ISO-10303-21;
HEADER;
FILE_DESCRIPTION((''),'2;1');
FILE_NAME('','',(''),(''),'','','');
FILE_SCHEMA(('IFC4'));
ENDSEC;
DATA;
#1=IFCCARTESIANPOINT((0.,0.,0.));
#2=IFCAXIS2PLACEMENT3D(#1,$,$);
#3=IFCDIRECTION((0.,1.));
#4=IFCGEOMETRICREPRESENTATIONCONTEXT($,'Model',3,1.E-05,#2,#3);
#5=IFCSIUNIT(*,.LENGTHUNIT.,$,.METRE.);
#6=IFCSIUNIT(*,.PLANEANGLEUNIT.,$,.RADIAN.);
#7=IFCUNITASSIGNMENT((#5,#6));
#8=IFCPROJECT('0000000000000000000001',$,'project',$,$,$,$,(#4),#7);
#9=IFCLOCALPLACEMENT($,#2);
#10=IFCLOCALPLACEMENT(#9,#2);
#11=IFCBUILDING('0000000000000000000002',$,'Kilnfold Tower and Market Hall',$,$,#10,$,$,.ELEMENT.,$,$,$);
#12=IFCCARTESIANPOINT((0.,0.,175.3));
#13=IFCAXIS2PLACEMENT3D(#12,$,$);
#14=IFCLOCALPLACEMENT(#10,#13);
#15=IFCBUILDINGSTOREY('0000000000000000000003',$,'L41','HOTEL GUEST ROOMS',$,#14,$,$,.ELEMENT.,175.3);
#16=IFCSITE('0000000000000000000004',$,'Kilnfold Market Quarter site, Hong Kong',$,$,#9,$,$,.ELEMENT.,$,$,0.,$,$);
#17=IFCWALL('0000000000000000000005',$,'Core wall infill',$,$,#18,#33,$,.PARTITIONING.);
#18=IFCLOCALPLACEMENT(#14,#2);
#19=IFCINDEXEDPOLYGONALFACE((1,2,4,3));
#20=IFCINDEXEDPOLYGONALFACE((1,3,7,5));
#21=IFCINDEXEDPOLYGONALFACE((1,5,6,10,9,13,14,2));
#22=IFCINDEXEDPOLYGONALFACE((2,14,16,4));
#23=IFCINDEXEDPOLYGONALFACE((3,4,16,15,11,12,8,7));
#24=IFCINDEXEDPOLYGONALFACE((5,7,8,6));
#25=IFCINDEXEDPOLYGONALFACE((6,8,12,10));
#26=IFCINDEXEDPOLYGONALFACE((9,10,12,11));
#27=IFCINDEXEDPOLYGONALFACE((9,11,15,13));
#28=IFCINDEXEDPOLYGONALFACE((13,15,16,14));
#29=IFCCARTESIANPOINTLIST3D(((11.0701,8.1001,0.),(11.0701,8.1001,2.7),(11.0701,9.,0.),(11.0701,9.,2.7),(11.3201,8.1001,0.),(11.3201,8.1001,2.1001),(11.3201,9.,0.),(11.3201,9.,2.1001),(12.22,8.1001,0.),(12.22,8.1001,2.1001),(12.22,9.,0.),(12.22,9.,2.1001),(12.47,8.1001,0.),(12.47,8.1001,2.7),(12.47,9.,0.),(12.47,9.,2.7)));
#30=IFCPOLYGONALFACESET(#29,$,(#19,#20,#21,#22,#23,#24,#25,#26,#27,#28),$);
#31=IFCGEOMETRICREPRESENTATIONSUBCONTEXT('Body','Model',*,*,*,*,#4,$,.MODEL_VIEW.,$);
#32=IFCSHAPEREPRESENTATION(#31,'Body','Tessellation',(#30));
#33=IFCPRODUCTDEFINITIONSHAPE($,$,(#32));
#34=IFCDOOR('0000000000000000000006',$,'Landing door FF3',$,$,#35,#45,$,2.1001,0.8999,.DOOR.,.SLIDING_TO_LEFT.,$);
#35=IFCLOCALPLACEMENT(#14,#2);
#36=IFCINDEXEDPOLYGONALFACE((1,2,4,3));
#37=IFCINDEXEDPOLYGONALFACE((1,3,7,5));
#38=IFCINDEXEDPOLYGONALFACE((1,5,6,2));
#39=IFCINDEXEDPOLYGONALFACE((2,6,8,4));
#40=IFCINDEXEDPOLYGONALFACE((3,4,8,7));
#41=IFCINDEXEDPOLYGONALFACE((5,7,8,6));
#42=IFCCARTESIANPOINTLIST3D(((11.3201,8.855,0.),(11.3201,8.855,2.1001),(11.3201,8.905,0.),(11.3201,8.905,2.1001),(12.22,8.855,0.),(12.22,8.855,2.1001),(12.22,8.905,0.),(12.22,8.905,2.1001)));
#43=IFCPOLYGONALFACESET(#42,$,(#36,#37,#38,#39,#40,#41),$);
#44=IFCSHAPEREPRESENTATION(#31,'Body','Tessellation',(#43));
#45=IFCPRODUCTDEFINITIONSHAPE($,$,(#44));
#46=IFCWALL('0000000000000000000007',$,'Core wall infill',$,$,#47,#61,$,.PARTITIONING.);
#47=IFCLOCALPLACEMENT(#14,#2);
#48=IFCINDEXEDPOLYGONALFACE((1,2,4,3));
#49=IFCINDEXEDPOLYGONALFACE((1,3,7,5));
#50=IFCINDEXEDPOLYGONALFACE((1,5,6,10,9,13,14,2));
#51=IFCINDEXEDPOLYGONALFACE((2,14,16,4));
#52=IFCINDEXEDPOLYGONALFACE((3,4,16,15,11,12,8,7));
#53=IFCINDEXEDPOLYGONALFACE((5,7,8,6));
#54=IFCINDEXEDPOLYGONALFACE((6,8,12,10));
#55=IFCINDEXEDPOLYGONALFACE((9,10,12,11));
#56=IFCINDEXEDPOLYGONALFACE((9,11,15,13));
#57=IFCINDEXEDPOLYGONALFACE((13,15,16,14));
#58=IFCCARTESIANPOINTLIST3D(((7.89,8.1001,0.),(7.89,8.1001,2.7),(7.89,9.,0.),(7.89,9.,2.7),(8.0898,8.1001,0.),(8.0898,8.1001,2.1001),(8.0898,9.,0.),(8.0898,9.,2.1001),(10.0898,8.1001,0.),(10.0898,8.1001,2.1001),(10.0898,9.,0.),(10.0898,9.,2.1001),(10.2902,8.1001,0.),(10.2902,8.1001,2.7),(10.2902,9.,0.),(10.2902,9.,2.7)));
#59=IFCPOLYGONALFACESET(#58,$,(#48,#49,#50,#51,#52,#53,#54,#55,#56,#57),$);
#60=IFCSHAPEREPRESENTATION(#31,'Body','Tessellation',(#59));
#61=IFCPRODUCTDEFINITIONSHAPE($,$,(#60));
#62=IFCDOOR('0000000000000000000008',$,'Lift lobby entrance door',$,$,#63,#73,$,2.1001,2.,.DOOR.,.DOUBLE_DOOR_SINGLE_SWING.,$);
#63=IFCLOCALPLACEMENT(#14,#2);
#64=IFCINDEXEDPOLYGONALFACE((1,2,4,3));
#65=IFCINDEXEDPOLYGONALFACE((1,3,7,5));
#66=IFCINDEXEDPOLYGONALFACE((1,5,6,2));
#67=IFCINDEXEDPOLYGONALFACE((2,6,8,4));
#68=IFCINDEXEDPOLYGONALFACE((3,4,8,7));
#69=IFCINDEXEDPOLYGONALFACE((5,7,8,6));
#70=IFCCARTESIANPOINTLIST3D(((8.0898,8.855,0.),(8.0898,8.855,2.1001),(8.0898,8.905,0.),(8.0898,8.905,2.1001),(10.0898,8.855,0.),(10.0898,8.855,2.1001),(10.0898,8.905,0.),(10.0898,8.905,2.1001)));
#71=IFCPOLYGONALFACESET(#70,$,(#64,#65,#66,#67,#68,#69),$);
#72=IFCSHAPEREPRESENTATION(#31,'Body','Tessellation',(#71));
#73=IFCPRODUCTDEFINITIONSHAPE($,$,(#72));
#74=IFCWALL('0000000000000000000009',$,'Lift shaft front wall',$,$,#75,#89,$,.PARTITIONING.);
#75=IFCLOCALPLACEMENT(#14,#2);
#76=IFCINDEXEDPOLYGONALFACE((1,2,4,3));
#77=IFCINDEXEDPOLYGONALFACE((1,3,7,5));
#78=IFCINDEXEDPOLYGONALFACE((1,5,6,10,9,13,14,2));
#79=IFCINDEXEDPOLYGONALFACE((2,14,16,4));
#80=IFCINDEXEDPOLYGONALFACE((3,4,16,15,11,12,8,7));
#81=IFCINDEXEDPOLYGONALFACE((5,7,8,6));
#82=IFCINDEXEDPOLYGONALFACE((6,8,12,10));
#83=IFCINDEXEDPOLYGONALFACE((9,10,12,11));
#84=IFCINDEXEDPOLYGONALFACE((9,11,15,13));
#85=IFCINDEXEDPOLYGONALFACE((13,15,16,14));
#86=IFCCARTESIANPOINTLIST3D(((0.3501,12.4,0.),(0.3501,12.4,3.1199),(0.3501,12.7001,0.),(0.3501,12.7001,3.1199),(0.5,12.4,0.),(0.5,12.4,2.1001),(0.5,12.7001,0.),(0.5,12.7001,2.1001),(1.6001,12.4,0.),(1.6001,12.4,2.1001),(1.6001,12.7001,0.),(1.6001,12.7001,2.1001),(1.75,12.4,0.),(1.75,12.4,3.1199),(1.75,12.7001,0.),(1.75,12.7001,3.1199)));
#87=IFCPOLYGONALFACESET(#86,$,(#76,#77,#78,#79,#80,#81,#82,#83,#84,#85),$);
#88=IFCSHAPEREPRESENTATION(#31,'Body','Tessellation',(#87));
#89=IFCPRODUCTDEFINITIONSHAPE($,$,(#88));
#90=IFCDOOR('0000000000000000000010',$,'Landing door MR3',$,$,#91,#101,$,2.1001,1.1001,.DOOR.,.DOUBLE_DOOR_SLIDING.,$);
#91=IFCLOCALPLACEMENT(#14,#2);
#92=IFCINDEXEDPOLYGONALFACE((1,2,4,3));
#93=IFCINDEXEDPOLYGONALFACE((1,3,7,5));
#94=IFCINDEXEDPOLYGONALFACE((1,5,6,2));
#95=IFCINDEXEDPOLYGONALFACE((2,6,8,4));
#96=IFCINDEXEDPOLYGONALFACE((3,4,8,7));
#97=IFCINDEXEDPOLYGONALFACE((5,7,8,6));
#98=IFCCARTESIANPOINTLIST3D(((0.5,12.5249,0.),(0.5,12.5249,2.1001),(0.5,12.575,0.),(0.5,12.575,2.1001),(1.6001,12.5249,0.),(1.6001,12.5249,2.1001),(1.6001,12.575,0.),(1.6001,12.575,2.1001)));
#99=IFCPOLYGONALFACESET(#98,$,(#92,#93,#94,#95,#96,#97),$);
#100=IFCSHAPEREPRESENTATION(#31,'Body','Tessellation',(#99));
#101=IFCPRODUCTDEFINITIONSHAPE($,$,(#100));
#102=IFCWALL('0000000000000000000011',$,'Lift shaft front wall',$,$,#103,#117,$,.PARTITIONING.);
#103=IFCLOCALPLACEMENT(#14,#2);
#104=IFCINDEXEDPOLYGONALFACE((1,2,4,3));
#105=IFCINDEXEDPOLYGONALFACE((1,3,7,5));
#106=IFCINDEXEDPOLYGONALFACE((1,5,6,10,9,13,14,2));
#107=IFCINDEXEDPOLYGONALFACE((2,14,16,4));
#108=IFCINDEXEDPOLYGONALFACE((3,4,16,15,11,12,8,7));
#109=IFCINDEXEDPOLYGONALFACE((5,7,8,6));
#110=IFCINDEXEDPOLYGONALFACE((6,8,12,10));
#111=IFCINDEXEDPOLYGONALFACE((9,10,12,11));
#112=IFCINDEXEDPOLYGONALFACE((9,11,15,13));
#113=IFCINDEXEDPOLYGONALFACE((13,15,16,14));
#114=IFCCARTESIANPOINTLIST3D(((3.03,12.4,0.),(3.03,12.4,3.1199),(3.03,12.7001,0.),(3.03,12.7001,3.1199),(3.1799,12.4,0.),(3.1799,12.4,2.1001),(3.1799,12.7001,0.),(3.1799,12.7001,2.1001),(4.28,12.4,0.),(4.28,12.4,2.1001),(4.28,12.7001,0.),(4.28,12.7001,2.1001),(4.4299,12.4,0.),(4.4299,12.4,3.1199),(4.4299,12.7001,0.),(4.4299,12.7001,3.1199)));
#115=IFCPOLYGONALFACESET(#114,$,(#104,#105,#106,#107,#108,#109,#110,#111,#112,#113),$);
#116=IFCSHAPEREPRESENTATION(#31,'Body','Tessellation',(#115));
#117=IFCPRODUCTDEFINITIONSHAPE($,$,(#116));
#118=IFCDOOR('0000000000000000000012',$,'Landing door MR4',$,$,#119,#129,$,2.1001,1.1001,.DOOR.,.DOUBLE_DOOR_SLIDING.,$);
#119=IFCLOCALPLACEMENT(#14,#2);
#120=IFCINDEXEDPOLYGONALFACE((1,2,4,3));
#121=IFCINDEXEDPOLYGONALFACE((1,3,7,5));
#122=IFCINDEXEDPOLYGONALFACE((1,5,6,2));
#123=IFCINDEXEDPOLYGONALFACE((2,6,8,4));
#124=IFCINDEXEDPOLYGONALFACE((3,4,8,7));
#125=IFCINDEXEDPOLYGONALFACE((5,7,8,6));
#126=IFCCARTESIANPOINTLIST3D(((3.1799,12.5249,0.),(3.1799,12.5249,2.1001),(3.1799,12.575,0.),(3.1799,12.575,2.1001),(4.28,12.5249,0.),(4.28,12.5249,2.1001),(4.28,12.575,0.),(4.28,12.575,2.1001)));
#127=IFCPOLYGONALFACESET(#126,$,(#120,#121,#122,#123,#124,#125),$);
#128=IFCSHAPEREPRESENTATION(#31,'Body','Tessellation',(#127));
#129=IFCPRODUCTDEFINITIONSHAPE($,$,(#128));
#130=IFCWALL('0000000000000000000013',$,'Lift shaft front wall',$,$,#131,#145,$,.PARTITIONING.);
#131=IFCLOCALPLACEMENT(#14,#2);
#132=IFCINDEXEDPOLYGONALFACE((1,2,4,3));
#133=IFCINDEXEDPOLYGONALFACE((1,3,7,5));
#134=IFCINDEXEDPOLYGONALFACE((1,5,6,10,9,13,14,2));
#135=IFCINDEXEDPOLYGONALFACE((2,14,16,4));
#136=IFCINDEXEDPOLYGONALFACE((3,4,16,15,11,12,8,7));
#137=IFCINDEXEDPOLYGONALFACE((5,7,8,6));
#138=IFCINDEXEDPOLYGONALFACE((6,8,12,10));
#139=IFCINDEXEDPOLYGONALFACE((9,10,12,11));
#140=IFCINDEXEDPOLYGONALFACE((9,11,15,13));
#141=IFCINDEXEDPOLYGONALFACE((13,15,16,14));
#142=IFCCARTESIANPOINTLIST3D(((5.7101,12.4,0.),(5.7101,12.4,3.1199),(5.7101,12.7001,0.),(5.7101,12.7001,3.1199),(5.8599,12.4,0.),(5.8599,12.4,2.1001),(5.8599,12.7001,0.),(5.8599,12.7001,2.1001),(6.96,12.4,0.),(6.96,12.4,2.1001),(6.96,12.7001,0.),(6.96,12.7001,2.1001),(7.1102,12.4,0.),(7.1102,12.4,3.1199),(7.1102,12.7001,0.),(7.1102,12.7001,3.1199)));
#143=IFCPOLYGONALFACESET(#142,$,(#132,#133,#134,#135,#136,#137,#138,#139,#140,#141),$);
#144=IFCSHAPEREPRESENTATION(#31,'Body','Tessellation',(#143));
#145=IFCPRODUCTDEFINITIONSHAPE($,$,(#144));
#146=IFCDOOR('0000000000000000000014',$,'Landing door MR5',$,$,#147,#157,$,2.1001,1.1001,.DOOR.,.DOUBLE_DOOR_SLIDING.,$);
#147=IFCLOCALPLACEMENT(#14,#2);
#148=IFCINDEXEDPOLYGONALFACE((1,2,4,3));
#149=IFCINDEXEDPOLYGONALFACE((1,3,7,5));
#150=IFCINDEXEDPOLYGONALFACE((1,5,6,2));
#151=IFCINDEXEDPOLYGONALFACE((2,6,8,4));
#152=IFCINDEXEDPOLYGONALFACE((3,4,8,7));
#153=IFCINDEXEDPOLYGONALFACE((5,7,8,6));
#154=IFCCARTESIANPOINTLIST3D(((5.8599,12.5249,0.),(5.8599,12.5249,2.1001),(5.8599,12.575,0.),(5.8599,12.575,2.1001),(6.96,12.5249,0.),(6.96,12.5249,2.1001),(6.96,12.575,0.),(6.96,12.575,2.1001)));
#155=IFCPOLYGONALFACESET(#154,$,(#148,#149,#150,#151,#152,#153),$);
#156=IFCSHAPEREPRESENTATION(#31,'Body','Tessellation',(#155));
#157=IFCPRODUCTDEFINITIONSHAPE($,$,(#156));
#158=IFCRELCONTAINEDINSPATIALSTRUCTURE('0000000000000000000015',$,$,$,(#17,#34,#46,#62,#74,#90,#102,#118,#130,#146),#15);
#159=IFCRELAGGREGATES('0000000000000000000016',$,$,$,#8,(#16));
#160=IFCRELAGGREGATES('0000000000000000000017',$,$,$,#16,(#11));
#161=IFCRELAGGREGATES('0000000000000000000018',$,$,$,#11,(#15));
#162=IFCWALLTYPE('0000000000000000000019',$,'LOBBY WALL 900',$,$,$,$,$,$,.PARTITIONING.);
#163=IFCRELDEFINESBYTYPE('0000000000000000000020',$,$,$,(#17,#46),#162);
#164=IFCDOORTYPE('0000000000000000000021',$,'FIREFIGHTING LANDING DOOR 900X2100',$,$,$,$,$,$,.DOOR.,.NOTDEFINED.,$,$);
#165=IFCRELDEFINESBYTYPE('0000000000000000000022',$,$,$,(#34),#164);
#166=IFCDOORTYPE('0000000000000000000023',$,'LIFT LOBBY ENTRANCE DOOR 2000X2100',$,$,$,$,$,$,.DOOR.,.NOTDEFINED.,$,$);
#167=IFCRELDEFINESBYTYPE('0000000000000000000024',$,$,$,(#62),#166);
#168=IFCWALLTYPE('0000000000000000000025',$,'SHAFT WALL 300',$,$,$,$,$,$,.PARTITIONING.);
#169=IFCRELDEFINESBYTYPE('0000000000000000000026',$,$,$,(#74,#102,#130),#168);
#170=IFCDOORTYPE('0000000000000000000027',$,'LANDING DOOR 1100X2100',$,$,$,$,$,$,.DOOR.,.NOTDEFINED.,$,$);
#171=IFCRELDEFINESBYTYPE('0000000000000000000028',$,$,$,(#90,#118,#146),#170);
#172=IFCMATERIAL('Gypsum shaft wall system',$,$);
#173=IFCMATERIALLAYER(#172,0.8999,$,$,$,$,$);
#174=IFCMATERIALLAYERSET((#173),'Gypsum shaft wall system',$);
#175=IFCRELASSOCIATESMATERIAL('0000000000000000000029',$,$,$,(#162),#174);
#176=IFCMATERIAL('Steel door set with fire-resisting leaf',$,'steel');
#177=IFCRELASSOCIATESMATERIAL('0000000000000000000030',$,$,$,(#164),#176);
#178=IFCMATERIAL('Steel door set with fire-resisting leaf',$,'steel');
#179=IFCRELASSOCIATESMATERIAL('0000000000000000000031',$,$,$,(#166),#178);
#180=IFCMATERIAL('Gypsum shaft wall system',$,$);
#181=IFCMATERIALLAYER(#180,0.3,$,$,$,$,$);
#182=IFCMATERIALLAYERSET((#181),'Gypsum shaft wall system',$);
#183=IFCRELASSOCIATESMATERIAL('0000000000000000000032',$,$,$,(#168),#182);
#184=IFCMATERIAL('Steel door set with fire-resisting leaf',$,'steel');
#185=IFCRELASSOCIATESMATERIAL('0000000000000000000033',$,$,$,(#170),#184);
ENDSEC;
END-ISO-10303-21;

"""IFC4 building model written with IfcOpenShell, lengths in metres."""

from ifc_helpers import new_model, si_unit, direction, frame, frame_2d, origin, place, context, subcontext, project, spatial, rectangle, extrude, source, transform, mapped, material, layer, layer_set, type_object, element, fill, save


model = new_model("IFC4")

# Units and contexts
model_context = context("Model", 3, precision=1e-05, world=origin(), true_north=direction((0.0, 1.0)))
body_context = subcontext(model_context, "Body", "Model", "MODEL_VIEW")
ifc_project = project(units=[si_unit("LENGTHUNIT", "METRE"), si_unit("PLANEANGLEUNIT", "RADIAN")], contexts=[model_context])

# Site, building, storey
site_placement = place(None, origin())
site = spatial("IfcSite", under=ifc_project, at=site_placement, Name="Kilnfold Market Quarter site, Hong Kong", CompositionType="ELEMENT", RefElevation=0.0)
building_placement = place(site_placement, origin())
building = spatial("IfcBuilding", under=site, at=building_placement, Name="Kilnfold Tower and Market Hall", CompositionType="ELEMENT")
storey_placement = place(building_placement, frame((0.0, 0.0, 175.3)))
storey = spatial("IfcBuildingStorey", under=building, at=storey_placement, Name="L41", Description="HOTEL GUEST ROOMS", CompositionType="ELEMENT", Elevation=175.3)

# Walls, openings, doors
ifc_material_1 = material(Name="Gypsum shaft wall system")
ifc_layer_1 = layer(ifc_material_1, 0.8999)
ifc_layer_set_1 = layer_set([ifc_layer_1], Name="Gypsum shaft wall system")
wall_type_1 = type_object("IfcWallType", Name="LOBBY WALL 900", PredefinedType="PARTITIONING", material=ifc_layer_set_1)
shared_shape_1 = source(origin(), body_context, "Body", "SweptSolid", [
    extrude(rectangle(XDim=1.3999, YDim=0.8999, at=frame_2d((0.7, 0.0))), origin(), (0.0, 0.0, 1.0), 2.7),
])
wall_1_placement = place(storey_placement, frame((11.0701, 8.55, 0.0), z_axis=(0.0, 0.0, 1.0), x_axis=(1.0, 0.0, 0.0)))
wall_1 = element("IfcWall", 1, at=wall_1_placement, inside=storey, type_object=wall_type_1, Name="Core wall infill", PredefinedType="PARTITIONING", context=body_context, shape_type="MappedRepresentation", body=[
    mapped(shared_shape_1, transform((0.0, 0.0, 0.0))),
])
opening_1_placement = place(wall_1_placement, frame((0.25, 0.0, 0.0)))
opening_1 = element("IfcOpeningElement", 2, at=opening_1_placement, cuts=wall_1, PredefinedType="OPENING", context=body_context, shape_type="SweptSolid", body=[
    extrude(rectangle(XDim=0.8999, YDim=2.1001, at=frame_2d((0.45, 1.05))), frame((0.0, 0.46, 0.0), z_axis=(0.0, -1.0, 0.0), x_axis=(1.0, 0.0, 0.0)), (0.0, 0.0, 1.0), 0.9199),
])
ifc_material_2 = material(Name="Steel door set with fire-resisting leaf", Category="steel")
door_type_1 = type_object("IfcDoorType", Name="FIREFIGHTING LANDING DOOR 900X2100", OperationType="NOTDEFINED", PredefinedType="DOOR", material=ifc_material_2)
door_1_placement = place(opening_1_placement, origin())
door_1 = element("IfcDoor", 3, at=door_1_placement, inside=storey, type_object=door_type_1, Name="Landing door FF3", OperationType="SLIDING_TO_LEFT", OverallHeight=2.1001, OverallWidth=0.8999, PredefinedType="DOOR", context=body_context, shape_type="SweptSolid", body=[
    extrude(rectangle(XDim=0.8999, YDim=2.1001, at=frame_2d((0.45, 1.05))), frame((0.0, 0.355, 0.0), z_axis=(0.0, -1.0, 0.0), x_axis=(1.0, 0.0, 0.0)), (0.0, 0.0, 1.0), 0.05),
])
fill(opening_1, door_1)
shared_shape_2 = source(origin(), body_context, "Body", "SweptSolid", [
    extrude(rectangle(XDim=2.4001, YDim=0.8999, at=frame_2d((1.2002, 0.0))), origin(), (0.0, 0.0, 1.0), 2.7),
])
wall_2_placement = place(storey_placement, frame((7.8899, 8.55, 0.0), z_axis=(0.0, 0.0, 1.0), x_axis=(1.0, 0.0, 0.0)))
wall_2 = element("IfcWall", 4, at=wall_2_placement, inside=storey, type_object=wall_type_1, Name="Core wall infill", PredefinedType="PARTITIONING", context=body_context, shape_type="MappedRepresentation", body=[
    mapped(shared_shape_2, transform((0.0, 0.0, 0.0))),
])
opening_2_placement = place(wall_2_placement, frame((0.2, 0.0, 0.0)))
opening_2 = element("IfcOpeningElement", 5, at=opening_2_placement, cuts=wall_2, PredefinedType="OPENING", context=body_context, shape_type="SweptSolid", body=[
    extrude(rectangle(XDim=2.0, YDim=2.1001, at=frame_2d((1.0, 1.05))), frame((0.0, 0.46, 0.0), z_axis=(0.0, -1.0, 0.0), x_axis=(1.0, 0.0, 0.0)), (0.0, 0.0, 1.0), 0.9199),
])
ifc_material_3 = material(Name="Steel door set with fire-resisting leaf", Category="steel")
door_type_2 = type_object("IfcDoorType", Name="LIFT LOBBY ENTRANCE DOOR 2000X2100", OperationType="NOTDEFINED", PredefinedType="DOOR", material=ifc_material_3)
door_2_placement = place(opening_2_placement, origin())
door_2 = element("IfcDoor", 6, at=door_2_placement, inside=storey, type_object=door_type_2, Name="Lift lobby entrance door", OperationType="DOUBLE_DOOR_SINGLE_SWING", OverallHeight=2.1001, OverallWidth=2.0, PredefinedType="DOOR", context=body_context, shape_type="SweptSolid", body=[
    extrude(rectangle(XDim=2.0, YDim=2.1001, at=frame_2d((1.0, 1.05))), frame((0.0, 0.355, 0.0), z_axis=(0.0, -1.0, 0.0), x_axis=(1.0, 0.0, 0.0)), (0.0, 0.0, 1.0), 0.05),
])
fill(opening_2, door_2)
ifc_material_4 = material(Name="Gypsum shaft wall system")
ifc_layer_2 = layer(ifc_material_4, 0.3)
ifc_layer_set_2 = layer_set([ifc_layer_2], Name="Gypsum shaft wall system")
wall_type_2 = type_object("IfcWallType", Name="SHAFT WALL 300", PredefinedType="PARTITIONING", material=ifc_layer_set_2)
shared_shape_3 = source(origin(), body_context, "Body", "SweptSolid", [
    extrude(rectangle(XDim=1.3999, YDim=0.3, at=frame_2d((0.7, 0.0))), origin(), (0.0, 0.0, 1.0), 3.1199),
])
wall_3_placement = place(storey_placement, frame((0.3501, 12.55, 0.0), z_axis=(0.0, 0.0, 1.0), x_axis=(1.0, 0.0, 0.0)))
wall_3 = element("IfcWall", 7, at=wall_3_placement, inside=storey, type_object=wall_type_2, Name="Lift shaft front wall", PredefinedType="PARTITIONING", context=body_context, shape_type="MappedRepresentation", body=[
    mapped(shared_shape_3, transform((0.0, 0.0, 0.0))),
])
opening_3_placement = place(wall_3_placement, frame((0.1499, 0.0, 0.0)))
opening_3 = element("IfcOpeningElement", 8, at=opening_3_placement, cuts=wall_3, PredefinedType="OPENING", context=body_context, shape_type="SweptSolid", body=[
    extrude(rectangle(XDim=1.1001, YDim=2.1001, at=frame_2d((0.55, 1.05))), frame((0.0, 0.1602, 0.0), z_axis=(0.0, -1.0, 0.0), x_axis=(1.0, 0.0, 0.0)), (0.0, 0.0, 1.0), 0.3201),
])
ifc_material_5 = material(Name="Steel door set with fire-resisting leaf", Category="steel")
door_type_3 = type_object("IfcDoorType", Name="LANDING DOOR 1100X2100", OperationType="NOTDEFINED", PredefinedType="DOOR", material=ifc_material_5)
door_3_placement = place(opening_3_placement, origin())
door_3 = element("IfcDoor", 9, at=door_3_placement, inside=storey, type_object=door_type_3, Name="Landing door MR3", OperationType="DOUBLE_DOOR_SLIDING", OverallHeight=2.1001, OverallWidth=1.1001, PredefinedType="DOOR", context=body_context, shape_type="SweptSolid", body=[
    extrude(rectangle(XDim=1.1001, YDim=2.1001, at=frame_2d((0.55, 1.05))), frame((0.0, 0.0249, 0.0), z_axis=(0.0, -1.0, 0.0), x_axis=(1.0, 0.0, 0.0)), (0.0, 0.0, 1.0), 0.05),
])
fill(opening_3, door_3)
wall_4_placement = place(storey_placement, frame((3.03, 12.55, 0.0), z_axis=(0.0, 0.0, 1.0), x_axis=(1.0, 0.0, 0.0)))
wall_4 = element("IfcWall", 10, at=wall_4_placement, inside=storey, type_object=wall_type_2, Name="Lift shaft front wall", PredefinedType="PARTITIONING", context=body_context, shape_type="MappedRepresentation", body=[
    mapped(shared_shape_3, transform((0.0, 0.0, 0.0))),
])
opening_4_placement = place(wall_4_placement, frame((0.1499, 0.0, 0.0)))
opening_4 = element("IfcOpeningElement", 11, at=opening_4_placement, cuts=wall_4, PredefinedType="OPENING", context=body_context, shape_type="SweptSolid", body=[
    extrude(rectangle(XDim=1.1001, YDim=2.1001, at=frame_2d((0.55, 1.05))), frame((0.0, 0.1602, 0.0), z_axis=(0.0, -1.0, 0.0), x_axis=(1.0, 0.0, 0.0)), (0.0, 0.0, 1.0), 0.3201),
])
door_4_placement = place(opening_4_placement, origin())
door_4 = element("IfcDoor", 12, at=door_4_placement, inside=storey, type_object=door_type_3, Name="Landing door MR4", OperationType="DOUBLE_DOOR_SLIDING", OverallHeight=2.1001, OverallWidth=1.1001, PredefinedType="DOOR", context=body_context, shape_type="SweptSolid", body=[
    extrude(rectangle(XDim=1.1001, YDim=2.1001, at=frame_2d((0.55, 1.05))), frame((0.0, 0.0249, 0.0), z_axis=(0.0, -1.0, 0.0), x_axis=(1.0, 0.0, 0.0)), (0.0, 0.0, 1.0), 0.05),
])
fill(opening_4, door_4)
shared_shape_4 = source(origin(), body_context, "Body", "SweptSolid", [
    extrude(rectangle(XDim=1.4001, YDim=0.3, at=frame_2d((0.7002, 0.0))), origin(), (0.0, 0.0, 1.0), 3.1199),
])
wall_5_placement = place(storey_placement, frame((5.71, 12.55, 0.0), z_axis=(0.0, 0.0, 1.0), x_axis=(1.0, 0.0, 0.0)))
wall_5 = element("IfcWall", 13, at=wall_5_placement, inside=storey, type_object=wall_type_2, Name="Lift shaft front wall", PredefinedType="PARTITIONING", context=body_context, shape_type="MappedRepresentation", body=[
    mapped(shared_shape_4, transform((0.0, 0.0, 0.0))),
])
opening_5_placement = place(wall_5_placement, frame((0.1499, 0.0, 0.0)))
opening_5 = element("IfcOpeningElement", 14, at=opening_5_placement, cuts=wall_5, PredefinedType="OPENING", context=body_context, shape_type="SweptSolid", body=[
    extrude(rectangle(XDim=1.1001, YDim=2.1001, at=frame_2d((0.55, 1.05))), frame((0.0, 0.1602, 0.0), z_axis=(0.0, -1.0, 0.0), x_axis=(1.0, 0.0, 0.0)), (0.0, 0.0, 1.0), 0.3201),
])
door_5_placement = place(opening_5_placement, origin())
door_5 = element("IfcDoor", 15, at=door_5_placement, inside=storey, type_object=door_type_3, Name="Landing door MR5", OperationType="DOUBLE_DOOR_SLIDING", OverallHeight=2.1001, OverallWidth=1.1001, PredefinedType="DOOR", context=body_context, shape_type="SweptSolid", body=[
    extrude(rectangle(XDim=1.1001, YDim=2.1001, at=frame_2d((0.55, 1.05))), frame((0.0, 0.0249, 0.0), z_axis=(0.0, -1.0, 0.0), x_axis=(1.0, 0.0, 0.0)), (0.0, 0.0, 1.0), 0.05),
])
fill(opening_5, door_5)

save(model, "model.ifc")
